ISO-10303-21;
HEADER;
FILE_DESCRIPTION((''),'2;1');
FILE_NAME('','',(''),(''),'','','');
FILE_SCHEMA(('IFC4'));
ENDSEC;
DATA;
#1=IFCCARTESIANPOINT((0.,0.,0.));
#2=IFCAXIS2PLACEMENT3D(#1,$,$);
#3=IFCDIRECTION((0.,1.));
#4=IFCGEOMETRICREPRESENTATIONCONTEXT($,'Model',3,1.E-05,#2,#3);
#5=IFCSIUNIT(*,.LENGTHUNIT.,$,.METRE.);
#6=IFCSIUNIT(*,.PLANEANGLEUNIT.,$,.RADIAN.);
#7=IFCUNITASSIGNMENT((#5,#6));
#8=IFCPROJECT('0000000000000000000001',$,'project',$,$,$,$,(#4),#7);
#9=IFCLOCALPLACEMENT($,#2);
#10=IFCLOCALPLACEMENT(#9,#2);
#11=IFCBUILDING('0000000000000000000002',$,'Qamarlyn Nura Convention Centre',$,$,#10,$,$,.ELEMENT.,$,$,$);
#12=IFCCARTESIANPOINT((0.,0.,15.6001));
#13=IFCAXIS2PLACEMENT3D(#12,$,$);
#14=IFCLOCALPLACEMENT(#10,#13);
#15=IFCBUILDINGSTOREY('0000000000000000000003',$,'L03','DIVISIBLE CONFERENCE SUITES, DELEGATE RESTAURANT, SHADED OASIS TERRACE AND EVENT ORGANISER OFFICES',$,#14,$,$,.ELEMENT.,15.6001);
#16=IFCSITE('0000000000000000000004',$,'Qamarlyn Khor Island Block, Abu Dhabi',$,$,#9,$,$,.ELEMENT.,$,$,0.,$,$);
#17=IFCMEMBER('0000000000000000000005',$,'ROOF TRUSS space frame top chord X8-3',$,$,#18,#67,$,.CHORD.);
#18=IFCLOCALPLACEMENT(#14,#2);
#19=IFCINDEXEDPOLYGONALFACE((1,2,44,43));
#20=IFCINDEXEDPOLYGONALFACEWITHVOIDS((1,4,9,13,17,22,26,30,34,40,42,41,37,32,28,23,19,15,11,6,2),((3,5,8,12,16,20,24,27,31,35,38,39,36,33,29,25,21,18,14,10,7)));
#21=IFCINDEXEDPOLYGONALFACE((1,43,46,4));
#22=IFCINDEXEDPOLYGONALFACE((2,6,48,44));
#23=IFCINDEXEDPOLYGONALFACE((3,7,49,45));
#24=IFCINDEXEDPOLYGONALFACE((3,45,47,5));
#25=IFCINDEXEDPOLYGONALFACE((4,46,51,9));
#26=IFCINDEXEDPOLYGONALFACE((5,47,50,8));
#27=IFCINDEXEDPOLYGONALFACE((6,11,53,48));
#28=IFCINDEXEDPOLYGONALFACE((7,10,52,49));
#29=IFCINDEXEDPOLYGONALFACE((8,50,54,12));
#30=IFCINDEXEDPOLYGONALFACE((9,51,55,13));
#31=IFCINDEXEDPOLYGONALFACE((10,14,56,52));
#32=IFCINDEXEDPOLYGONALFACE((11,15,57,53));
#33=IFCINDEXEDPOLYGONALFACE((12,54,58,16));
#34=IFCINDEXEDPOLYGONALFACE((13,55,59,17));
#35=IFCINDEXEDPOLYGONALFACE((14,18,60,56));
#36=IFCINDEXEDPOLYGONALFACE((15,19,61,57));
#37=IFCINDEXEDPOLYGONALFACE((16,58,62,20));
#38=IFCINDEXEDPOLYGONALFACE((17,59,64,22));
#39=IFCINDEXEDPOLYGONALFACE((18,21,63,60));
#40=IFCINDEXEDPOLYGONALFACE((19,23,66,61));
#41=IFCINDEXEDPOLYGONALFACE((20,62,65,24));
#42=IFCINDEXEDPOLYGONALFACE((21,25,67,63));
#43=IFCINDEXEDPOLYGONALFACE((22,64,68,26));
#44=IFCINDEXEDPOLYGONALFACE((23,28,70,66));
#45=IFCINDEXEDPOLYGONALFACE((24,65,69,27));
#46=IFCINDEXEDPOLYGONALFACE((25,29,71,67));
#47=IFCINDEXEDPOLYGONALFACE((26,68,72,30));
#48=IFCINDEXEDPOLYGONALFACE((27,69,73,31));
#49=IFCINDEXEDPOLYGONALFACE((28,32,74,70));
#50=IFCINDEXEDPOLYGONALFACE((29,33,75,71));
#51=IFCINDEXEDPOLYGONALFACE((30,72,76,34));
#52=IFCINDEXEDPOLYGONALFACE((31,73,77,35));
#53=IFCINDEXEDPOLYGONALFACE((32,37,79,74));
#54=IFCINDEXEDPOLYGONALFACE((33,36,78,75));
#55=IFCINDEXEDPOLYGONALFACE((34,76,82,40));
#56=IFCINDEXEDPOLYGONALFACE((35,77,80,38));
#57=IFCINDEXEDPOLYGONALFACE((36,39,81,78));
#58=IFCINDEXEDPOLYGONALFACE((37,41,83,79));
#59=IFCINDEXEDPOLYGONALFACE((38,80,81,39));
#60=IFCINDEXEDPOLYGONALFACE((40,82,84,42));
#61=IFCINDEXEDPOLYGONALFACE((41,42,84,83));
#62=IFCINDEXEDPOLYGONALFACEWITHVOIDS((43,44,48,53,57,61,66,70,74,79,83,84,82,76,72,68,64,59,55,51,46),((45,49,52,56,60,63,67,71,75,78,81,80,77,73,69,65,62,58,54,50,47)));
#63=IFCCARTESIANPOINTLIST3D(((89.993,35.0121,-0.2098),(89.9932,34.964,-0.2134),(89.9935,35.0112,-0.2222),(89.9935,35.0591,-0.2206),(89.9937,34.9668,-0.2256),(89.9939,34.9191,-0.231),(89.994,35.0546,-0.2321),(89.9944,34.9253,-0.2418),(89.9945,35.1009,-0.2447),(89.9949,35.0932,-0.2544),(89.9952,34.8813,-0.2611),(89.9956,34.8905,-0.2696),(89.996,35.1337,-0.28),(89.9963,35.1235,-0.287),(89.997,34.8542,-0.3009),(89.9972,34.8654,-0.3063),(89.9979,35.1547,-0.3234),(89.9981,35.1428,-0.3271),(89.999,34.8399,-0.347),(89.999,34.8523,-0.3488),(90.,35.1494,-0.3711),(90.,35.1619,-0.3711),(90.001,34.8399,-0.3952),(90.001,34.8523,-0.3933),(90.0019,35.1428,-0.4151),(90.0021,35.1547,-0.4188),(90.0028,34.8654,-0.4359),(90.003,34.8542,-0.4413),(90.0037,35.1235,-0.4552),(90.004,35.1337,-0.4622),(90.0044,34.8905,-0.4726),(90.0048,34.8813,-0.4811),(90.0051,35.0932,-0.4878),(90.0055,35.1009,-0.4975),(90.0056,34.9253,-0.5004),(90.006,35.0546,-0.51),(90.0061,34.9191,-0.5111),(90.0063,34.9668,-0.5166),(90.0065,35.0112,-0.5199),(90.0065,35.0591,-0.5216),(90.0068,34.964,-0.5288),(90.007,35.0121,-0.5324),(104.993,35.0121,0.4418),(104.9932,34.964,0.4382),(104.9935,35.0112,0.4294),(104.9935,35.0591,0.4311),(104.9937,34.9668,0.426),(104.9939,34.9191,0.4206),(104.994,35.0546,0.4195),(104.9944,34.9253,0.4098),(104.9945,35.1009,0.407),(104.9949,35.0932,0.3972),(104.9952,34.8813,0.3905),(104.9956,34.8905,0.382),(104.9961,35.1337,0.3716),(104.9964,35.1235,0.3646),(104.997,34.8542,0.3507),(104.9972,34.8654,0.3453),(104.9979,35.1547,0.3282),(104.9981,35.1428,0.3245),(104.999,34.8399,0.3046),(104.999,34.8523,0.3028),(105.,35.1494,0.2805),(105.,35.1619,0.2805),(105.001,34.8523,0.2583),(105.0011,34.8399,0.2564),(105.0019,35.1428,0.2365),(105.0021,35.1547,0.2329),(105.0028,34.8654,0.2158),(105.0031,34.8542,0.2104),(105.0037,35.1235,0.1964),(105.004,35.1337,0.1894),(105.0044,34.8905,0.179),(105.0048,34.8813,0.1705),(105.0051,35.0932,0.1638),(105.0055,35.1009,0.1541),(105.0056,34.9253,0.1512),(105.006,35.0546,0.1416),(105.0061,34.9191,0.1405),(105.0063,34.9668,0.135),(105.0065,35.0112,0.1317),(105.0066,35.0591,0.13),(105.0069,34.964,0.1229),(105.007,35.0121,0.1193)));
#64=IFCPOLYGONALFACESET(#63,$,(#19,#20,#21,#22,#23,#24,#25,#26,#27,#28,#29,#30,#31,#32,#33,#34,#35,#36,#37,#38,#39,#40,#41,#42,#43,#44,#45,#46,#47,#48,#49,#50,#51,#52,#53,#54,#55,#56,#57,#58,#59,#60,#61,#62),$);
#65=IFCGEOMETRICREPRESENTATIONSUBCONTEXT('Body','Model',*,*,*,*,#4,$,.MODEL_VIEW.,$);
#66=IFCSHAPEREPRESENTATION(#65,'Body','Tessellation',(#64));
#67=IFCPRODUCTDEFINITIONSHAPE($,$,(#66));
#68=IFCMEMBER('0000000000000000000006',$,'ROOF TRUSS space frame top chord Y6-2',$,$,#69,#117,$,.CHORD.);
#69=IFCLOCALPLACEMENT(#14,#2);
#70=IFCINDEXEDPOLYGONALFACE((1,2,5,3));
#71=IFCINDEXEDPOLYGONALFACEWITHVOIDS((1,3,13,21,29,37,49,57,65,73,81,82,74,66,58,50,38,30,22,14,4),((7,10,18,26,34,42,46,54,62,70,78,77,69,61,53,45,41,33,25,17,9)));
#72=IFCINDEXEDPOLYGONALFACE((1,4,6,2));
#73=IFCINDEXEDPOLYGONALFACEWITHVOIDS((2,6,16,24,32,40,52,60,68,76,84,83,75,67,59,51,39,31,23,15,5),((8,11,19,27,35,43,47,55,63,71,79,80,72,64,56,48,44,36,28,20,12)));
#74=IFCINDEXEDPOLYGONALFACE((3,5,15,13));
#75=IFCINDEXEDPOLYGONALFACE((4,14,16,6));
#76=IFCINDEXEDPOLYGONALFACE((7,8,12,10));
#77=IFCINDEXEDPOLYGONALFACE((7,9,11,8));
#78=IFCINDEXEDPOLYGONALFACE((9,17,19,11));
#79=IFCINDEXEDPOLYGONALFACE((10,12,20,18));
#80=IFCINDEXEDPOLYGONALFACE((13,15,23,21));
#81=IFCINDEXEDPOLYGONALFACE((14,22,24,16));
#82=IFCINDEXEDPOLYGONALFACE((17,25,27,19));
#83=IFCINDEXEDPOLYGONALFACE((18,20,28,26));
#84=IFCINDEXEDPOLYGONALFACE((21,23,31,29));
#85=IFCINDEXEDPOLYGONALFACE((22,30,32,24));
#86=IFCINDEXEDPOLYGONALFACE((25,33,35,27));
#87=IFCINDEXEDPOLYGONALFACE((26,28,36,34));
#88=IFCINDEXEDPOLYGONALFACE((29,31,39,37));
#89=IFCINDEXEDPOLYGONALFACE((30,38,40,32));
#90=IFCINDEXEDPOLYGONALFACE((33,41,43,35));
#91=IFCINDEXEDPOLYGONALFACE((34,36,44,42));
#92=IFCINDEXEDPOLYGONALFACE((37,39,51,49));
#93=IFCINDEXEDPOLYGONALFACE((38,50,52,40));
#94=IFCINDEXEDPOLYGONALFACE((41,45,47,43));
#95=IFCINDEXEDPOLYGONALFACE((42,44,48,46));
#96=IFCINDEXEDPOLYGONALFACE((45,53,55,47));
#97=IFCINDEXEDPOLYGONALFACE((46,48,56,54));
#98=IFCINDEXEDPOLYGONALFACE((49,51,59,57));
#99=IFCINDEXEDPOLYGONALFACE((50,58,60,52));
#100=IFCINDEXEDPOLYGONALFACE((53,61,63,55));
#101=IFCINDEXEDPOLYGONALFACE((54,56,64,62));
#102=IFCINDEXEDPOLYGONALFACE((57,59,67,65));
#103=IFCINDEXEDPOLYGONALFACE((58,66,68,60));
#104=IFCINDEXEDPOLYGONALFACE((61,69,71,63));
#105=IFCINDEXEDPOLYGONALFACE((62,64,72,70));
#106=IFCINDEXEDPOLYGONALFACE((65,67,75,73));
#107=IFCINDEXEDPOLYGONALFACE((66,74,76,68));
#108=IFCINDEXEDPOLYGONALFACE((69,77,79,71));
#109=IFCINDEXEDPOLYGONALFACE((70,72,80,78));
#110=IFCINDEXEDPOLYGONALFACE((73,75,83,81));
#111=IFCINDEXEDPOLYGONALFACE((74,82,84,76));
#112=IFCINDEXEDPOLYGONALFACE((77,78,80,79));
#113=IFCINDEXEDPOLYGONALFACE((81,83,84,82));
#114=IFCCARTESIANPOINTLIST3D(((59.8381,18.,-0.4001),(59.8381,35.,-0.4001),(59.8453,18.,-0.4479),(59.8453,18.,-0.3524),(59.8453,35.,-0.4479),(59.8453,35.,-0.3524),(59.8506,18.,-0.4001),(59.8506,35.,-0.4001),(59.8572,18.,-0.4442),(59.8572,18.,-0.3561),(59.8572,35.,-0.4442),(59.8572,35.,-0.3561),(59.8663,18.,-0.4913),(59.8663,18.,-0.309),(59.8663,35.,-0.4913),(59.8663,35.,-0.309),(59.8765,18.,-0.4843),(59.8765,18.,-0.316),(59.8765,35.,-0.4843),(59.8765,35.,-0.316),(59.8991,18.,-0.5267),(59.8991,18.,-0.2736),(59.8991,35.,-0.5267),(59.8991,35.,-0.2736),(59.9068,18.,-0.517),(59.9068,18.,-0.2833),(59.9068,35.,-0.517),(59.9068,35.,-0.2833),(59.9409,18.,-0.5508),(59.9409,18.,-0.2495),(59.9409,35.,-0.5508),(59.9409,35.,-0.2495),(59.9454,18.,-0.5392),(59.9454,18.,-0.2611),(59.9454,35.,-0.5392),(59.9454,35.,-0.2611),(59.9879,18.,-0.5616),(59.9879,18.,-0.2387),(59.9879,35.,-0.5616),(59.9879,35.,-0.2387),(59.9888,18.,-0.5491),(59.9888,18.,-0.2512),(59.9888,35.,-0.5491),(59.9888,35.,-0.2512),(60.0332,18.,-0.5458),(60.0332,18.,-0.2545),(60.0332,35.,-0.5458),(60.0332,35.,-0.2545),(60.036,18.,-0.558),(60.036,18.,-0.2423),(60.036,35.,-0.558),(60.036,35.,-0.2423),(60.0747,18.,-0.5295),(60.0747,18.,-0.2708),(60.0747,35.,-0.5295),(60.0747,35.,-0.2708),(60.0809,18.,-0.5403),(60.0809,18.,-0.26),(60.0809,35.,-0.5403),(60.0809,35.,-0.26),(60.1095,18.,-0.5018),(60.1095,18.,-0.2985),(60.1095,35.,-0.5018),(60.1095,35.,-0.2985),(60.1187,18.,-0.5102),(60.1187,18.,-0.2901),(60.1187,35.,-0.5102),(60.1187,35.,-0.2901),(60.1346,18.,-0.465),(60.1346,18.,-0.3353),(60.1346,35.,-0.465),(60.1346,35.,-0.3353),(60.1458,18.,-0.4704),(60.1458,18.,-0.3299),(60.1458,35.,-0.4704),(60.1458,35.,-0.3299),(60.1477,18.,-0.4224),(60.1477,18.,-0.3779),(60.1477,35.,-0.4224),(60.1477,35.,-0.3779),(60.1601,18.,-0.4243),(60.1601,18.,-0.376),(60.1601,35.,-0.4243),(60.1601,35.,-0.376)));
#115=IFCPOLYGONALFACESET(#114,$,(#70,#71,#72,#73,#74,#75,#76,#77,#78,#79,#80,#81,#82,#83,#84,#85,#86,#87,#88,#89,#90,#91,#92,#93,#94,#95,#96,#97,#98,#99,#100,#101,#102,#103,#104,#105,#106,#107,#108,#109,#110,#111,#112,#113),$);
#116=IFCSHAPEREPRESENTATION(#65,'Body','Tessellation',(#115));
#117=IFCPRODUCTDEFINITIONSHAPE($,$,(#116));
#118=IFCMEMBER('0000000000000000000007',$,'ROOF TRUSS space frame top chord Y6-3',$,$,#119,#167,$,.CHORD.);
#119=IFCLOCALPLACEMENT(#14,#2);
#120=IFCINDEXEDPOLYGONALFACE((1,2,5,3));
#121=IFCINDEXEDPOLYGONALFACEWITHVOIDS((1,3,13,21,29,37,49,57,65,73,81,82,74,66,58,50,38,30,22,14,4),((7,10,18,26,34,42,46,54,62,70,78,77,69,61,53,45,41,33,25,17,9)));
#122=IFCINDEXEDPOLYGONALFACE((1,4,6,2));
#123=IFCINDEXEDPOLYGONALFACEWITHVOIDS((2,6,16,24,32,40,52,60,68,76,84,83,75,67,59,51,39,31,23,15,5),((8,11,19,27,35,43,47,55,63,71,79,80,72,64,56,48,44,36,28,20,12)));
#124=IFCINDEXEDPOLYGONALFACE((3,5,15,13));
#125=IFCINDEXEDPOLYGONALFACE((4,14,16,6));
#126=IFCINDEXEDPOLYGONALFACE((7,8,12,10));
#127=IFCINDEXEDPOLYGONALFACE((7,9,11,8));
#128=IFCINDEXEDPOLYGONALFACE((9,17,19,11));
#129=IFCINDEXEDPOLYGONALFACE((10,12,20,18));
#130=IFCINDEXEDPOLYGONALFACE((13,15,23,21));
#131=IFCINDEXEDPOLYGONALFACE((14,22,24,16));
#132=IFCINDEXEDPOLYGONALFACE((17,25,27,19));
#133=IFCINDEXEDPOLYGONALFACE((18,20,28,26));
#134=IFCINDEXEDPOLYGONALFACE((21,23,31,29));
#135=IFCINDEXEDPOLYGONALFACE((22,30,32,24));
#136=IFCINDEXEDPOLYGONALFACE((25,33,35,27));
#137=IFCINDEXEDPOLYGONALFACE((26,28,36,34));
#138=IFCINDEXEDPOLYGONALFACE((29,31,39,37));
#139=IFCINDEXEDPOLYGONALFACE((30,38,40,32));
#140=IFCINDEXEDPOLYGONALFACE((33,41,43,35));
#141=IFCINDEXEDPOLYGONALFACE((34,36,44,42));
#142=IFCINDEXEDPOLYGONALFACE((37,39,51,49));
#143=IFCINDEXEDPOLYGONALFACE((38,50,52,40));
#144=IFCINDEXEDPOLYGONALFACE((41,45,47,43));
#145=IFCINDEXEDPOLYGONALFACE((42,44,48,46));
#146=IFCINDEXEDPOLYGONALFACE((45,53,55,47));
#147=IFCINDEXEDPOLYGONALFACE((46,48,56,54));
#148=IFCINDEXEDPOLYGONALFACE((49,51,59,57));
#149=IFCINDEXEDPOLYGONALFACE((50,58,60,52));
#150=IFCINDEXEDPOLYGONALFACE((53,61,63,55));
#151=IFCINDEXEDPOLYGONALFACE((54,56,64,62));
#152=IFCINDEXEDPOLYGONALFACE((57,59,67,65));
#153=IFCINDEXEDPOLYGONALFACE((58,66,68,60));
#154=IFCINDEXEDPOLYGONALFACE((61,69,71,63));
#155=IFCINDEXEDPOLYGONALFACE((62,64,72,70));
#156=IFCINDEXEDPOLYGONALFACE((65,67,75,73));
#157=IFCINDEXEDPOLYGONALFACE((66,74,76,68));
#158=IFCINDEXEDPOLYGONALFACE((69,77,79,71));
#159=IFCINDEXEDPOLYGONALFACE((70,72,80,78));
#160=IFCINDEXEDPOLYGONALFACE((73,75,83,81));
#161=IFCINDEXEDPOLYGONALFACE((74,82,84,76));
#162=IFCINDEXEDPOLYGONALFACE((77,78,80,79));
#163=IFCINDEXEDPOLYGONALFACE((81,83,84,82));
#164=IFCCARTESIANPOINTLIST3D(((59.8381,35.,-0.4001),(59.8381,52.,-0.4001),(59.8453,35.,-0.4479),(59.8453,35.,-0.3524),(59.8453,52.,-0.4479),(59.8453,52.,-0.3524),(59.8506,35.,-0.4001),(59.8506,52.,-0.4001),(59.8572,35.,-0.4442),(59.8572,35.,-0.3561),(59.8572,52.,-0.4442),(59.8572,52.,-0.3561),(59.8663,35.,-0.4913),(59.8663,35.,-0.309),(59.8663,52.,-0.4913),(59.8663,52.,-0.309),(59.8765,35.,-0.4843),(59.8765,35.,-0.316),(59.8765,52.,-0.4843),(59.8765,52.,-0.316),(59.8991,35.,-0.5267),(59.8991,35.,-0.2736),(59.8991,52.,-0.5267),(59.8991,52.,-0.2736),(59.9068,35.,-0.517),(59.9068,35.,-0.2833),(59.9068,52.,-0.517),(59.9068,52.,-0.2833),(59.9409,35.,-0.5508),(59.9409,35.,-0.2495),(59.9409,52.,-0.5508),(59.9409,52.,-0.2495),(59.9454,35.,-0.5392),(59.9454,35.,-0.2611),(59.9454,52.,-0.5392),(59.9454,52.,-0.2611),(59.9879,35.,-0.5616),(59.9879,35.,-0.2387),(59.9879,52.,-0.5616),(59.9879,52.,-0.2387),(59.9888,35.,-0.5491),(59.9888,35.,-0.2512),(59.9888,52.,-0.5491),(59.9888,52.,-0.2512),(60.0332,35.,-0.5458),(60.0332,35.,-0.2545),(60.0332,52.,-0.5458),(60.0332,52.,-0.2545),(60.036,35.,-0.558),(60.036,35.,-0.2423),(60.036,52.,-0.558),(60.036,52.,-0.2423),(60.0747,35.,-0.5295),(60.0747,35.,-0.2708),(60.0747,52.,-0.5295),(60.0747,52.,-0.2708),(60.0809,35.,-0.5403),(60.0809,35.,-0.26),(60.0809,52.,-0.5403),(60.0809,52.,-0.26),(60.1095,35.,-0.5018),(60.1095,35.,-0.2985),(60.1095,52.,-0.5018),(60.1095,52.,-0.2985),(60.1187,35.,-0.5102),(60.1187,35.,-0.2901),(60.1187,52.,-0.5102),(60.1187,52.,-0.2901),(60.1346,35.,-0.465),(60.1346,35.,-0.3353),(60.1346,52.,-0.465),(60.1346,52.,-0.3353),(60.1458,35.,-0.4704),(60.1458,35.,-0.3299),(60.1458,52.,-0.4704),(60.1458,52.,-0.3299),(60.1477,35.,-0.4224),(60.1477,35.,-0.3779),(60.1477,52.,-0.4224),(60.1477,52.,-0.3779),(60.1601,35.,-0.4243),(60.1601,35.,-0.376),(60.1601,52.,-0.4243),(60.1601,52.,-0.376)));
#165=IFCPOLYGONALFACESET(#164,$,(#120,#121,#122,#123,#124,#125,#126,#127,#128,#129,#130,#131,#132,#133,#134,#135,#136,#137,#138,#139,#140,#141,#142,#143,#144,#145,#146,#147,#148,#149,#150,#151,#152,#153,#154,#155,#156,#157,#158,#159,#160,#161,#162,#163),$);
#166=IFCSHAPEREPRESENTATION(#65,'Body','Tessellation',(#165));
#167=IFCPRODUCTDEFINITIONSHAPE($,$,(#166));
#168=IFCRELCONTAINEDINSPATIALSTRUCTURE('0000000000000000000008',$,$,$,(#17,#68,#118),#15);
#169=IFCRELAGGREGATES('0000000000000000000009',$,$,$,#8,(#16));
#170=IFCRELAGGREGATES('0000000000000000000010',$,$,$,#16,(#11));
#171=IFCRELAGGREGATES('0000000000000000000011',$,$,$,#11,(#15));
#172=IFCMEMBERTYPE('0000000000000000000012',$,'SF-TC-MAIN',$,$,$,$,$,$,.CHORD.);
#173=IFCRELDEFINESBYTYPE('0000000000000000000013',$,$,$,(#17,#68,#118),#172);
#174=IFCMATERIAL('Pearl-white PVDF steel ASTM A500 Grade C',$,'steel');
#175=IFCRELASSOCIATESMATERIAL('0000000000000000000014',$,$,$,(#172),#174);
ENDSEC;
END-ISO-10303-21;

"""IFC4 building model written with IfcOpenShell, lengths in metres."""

from ifc_helpers import new_model, si_unit, direction, frame, origin, origin_2d, place, context, subcontext, project, spatial, hollow_circle, extrude, material, material_profile, profile_set, type_object, element, save


model = new_model("IFC4")

# Units and contexts
model_context = context("Model", 3, precision=1e-05, world=origin(), true_north=direction((0.0, 1.0)))
body_context = subcontext(model_context, "Body", "Model", "MODEL_VIEW")
ifc_project = project(units=[si_unit("LENGTHUNIT", "METRE"), si_unit("PLANEANGLEUNIT", "RADIAN")], contexts=[model_context])

# Site, building, storey
site_placement = place(None, origin())
site = spatial("IfcSite", under=ifc_project, at=site_placement, Name="Qamarlyn Khor Island Block, Abu Dhabi", CompositionType="ELEMENT", RefElevation=0.0)
building_placement = place(site_placement, origin())
building = spatial("IfcBuilding", under=site, at=building_placement, Name="Qamarlyn Nura Convention Centre", CompositionType="ELEMENT")
storey_placement = place(building_placement, frame((0.0, 0.0, 15.6001)))
storey = spatial("IfcBuildingStorey", under=building, at=storey_placement, Name="L03", Description="DIVISIBLE CONFERENCE SUITES, DELEGATE RESTAURANT, SHADED OASIS TERRACE AND EVENT ORGANISER OFFICES", CompositionType="ELEMENT", Elevation=15.6001)

# Members
ifc_material_1 = material(Name="Pearl-white PVDF steel ASTM A500 Grade C", Category="steel")
ifc_material_profile_1 = material_profile(ifc_material_1, hollow_circle(Radius=0.1619, WallThickness=0.0125, at=origin_2d()), Name="CHS323.9X12.5")
ifc_profile_set_1 = profile_set([ifc_material_profile_1], Name="Pearl-white PVDF steel ASTM A500 Grade C")
member_type_1 = type_object("IfcMemberType", Name="SF-TC-MAIN", PredefinedType="CHORD", material=ifc_profile_set_1)
member_1_placement = place(storey_placement, frame((90.0, 35.0, -0.3711), z_axis=(0.999058, 0.0, 0.0434), x_axis=(0.0, 1.0, 0.0)))
element("IfcMember", 1, at=member_1_placement, inside=storey, type_object=member_type_1, Name="ROOF TRUSS space frame top chord X8-3", PredefinedType="CHORD", context=body_context, shape_type="SweptSolid", body=[
    extrude(hollow_circle(Radius=0.1619, WallThickness=0.0125, at=origin_2d()), origin(), (0.0, 0.0, 1.0), 15.0142),
])
for number, where, z_axis, x_axis, name in (
    (2, (60.0, 18.0, -0.4001), (0.0, 1.0, 0.0), (-1.0, 0.0, 0.0), "ROOF TRUSS space frame top chord Y6-2"),
    (3, (60.0, 35.0, -0.4001), (0.0, 1.0, 0.0), (-1.0, 0.0, 0.0), "ROOF TRUSS space frame top chord Y6-3"),
):
    element("IfcMember", number, at=place(storey_placement, frame(where, z_axis=z_axis, x_axis=x_axis)), inside=storey, type_object=member_type_1, Name=name, PredefinedType="CHORD", context=body_context, shape_type="SweptSolid", body=[
        extrude(hollow_circle(Radius=0.1619, WallThickness=0.0125, at=origin_2d()), origin(), (0.0, 0.0, 1.0), 17.0),
    ])

save(model, "model.ifc")
